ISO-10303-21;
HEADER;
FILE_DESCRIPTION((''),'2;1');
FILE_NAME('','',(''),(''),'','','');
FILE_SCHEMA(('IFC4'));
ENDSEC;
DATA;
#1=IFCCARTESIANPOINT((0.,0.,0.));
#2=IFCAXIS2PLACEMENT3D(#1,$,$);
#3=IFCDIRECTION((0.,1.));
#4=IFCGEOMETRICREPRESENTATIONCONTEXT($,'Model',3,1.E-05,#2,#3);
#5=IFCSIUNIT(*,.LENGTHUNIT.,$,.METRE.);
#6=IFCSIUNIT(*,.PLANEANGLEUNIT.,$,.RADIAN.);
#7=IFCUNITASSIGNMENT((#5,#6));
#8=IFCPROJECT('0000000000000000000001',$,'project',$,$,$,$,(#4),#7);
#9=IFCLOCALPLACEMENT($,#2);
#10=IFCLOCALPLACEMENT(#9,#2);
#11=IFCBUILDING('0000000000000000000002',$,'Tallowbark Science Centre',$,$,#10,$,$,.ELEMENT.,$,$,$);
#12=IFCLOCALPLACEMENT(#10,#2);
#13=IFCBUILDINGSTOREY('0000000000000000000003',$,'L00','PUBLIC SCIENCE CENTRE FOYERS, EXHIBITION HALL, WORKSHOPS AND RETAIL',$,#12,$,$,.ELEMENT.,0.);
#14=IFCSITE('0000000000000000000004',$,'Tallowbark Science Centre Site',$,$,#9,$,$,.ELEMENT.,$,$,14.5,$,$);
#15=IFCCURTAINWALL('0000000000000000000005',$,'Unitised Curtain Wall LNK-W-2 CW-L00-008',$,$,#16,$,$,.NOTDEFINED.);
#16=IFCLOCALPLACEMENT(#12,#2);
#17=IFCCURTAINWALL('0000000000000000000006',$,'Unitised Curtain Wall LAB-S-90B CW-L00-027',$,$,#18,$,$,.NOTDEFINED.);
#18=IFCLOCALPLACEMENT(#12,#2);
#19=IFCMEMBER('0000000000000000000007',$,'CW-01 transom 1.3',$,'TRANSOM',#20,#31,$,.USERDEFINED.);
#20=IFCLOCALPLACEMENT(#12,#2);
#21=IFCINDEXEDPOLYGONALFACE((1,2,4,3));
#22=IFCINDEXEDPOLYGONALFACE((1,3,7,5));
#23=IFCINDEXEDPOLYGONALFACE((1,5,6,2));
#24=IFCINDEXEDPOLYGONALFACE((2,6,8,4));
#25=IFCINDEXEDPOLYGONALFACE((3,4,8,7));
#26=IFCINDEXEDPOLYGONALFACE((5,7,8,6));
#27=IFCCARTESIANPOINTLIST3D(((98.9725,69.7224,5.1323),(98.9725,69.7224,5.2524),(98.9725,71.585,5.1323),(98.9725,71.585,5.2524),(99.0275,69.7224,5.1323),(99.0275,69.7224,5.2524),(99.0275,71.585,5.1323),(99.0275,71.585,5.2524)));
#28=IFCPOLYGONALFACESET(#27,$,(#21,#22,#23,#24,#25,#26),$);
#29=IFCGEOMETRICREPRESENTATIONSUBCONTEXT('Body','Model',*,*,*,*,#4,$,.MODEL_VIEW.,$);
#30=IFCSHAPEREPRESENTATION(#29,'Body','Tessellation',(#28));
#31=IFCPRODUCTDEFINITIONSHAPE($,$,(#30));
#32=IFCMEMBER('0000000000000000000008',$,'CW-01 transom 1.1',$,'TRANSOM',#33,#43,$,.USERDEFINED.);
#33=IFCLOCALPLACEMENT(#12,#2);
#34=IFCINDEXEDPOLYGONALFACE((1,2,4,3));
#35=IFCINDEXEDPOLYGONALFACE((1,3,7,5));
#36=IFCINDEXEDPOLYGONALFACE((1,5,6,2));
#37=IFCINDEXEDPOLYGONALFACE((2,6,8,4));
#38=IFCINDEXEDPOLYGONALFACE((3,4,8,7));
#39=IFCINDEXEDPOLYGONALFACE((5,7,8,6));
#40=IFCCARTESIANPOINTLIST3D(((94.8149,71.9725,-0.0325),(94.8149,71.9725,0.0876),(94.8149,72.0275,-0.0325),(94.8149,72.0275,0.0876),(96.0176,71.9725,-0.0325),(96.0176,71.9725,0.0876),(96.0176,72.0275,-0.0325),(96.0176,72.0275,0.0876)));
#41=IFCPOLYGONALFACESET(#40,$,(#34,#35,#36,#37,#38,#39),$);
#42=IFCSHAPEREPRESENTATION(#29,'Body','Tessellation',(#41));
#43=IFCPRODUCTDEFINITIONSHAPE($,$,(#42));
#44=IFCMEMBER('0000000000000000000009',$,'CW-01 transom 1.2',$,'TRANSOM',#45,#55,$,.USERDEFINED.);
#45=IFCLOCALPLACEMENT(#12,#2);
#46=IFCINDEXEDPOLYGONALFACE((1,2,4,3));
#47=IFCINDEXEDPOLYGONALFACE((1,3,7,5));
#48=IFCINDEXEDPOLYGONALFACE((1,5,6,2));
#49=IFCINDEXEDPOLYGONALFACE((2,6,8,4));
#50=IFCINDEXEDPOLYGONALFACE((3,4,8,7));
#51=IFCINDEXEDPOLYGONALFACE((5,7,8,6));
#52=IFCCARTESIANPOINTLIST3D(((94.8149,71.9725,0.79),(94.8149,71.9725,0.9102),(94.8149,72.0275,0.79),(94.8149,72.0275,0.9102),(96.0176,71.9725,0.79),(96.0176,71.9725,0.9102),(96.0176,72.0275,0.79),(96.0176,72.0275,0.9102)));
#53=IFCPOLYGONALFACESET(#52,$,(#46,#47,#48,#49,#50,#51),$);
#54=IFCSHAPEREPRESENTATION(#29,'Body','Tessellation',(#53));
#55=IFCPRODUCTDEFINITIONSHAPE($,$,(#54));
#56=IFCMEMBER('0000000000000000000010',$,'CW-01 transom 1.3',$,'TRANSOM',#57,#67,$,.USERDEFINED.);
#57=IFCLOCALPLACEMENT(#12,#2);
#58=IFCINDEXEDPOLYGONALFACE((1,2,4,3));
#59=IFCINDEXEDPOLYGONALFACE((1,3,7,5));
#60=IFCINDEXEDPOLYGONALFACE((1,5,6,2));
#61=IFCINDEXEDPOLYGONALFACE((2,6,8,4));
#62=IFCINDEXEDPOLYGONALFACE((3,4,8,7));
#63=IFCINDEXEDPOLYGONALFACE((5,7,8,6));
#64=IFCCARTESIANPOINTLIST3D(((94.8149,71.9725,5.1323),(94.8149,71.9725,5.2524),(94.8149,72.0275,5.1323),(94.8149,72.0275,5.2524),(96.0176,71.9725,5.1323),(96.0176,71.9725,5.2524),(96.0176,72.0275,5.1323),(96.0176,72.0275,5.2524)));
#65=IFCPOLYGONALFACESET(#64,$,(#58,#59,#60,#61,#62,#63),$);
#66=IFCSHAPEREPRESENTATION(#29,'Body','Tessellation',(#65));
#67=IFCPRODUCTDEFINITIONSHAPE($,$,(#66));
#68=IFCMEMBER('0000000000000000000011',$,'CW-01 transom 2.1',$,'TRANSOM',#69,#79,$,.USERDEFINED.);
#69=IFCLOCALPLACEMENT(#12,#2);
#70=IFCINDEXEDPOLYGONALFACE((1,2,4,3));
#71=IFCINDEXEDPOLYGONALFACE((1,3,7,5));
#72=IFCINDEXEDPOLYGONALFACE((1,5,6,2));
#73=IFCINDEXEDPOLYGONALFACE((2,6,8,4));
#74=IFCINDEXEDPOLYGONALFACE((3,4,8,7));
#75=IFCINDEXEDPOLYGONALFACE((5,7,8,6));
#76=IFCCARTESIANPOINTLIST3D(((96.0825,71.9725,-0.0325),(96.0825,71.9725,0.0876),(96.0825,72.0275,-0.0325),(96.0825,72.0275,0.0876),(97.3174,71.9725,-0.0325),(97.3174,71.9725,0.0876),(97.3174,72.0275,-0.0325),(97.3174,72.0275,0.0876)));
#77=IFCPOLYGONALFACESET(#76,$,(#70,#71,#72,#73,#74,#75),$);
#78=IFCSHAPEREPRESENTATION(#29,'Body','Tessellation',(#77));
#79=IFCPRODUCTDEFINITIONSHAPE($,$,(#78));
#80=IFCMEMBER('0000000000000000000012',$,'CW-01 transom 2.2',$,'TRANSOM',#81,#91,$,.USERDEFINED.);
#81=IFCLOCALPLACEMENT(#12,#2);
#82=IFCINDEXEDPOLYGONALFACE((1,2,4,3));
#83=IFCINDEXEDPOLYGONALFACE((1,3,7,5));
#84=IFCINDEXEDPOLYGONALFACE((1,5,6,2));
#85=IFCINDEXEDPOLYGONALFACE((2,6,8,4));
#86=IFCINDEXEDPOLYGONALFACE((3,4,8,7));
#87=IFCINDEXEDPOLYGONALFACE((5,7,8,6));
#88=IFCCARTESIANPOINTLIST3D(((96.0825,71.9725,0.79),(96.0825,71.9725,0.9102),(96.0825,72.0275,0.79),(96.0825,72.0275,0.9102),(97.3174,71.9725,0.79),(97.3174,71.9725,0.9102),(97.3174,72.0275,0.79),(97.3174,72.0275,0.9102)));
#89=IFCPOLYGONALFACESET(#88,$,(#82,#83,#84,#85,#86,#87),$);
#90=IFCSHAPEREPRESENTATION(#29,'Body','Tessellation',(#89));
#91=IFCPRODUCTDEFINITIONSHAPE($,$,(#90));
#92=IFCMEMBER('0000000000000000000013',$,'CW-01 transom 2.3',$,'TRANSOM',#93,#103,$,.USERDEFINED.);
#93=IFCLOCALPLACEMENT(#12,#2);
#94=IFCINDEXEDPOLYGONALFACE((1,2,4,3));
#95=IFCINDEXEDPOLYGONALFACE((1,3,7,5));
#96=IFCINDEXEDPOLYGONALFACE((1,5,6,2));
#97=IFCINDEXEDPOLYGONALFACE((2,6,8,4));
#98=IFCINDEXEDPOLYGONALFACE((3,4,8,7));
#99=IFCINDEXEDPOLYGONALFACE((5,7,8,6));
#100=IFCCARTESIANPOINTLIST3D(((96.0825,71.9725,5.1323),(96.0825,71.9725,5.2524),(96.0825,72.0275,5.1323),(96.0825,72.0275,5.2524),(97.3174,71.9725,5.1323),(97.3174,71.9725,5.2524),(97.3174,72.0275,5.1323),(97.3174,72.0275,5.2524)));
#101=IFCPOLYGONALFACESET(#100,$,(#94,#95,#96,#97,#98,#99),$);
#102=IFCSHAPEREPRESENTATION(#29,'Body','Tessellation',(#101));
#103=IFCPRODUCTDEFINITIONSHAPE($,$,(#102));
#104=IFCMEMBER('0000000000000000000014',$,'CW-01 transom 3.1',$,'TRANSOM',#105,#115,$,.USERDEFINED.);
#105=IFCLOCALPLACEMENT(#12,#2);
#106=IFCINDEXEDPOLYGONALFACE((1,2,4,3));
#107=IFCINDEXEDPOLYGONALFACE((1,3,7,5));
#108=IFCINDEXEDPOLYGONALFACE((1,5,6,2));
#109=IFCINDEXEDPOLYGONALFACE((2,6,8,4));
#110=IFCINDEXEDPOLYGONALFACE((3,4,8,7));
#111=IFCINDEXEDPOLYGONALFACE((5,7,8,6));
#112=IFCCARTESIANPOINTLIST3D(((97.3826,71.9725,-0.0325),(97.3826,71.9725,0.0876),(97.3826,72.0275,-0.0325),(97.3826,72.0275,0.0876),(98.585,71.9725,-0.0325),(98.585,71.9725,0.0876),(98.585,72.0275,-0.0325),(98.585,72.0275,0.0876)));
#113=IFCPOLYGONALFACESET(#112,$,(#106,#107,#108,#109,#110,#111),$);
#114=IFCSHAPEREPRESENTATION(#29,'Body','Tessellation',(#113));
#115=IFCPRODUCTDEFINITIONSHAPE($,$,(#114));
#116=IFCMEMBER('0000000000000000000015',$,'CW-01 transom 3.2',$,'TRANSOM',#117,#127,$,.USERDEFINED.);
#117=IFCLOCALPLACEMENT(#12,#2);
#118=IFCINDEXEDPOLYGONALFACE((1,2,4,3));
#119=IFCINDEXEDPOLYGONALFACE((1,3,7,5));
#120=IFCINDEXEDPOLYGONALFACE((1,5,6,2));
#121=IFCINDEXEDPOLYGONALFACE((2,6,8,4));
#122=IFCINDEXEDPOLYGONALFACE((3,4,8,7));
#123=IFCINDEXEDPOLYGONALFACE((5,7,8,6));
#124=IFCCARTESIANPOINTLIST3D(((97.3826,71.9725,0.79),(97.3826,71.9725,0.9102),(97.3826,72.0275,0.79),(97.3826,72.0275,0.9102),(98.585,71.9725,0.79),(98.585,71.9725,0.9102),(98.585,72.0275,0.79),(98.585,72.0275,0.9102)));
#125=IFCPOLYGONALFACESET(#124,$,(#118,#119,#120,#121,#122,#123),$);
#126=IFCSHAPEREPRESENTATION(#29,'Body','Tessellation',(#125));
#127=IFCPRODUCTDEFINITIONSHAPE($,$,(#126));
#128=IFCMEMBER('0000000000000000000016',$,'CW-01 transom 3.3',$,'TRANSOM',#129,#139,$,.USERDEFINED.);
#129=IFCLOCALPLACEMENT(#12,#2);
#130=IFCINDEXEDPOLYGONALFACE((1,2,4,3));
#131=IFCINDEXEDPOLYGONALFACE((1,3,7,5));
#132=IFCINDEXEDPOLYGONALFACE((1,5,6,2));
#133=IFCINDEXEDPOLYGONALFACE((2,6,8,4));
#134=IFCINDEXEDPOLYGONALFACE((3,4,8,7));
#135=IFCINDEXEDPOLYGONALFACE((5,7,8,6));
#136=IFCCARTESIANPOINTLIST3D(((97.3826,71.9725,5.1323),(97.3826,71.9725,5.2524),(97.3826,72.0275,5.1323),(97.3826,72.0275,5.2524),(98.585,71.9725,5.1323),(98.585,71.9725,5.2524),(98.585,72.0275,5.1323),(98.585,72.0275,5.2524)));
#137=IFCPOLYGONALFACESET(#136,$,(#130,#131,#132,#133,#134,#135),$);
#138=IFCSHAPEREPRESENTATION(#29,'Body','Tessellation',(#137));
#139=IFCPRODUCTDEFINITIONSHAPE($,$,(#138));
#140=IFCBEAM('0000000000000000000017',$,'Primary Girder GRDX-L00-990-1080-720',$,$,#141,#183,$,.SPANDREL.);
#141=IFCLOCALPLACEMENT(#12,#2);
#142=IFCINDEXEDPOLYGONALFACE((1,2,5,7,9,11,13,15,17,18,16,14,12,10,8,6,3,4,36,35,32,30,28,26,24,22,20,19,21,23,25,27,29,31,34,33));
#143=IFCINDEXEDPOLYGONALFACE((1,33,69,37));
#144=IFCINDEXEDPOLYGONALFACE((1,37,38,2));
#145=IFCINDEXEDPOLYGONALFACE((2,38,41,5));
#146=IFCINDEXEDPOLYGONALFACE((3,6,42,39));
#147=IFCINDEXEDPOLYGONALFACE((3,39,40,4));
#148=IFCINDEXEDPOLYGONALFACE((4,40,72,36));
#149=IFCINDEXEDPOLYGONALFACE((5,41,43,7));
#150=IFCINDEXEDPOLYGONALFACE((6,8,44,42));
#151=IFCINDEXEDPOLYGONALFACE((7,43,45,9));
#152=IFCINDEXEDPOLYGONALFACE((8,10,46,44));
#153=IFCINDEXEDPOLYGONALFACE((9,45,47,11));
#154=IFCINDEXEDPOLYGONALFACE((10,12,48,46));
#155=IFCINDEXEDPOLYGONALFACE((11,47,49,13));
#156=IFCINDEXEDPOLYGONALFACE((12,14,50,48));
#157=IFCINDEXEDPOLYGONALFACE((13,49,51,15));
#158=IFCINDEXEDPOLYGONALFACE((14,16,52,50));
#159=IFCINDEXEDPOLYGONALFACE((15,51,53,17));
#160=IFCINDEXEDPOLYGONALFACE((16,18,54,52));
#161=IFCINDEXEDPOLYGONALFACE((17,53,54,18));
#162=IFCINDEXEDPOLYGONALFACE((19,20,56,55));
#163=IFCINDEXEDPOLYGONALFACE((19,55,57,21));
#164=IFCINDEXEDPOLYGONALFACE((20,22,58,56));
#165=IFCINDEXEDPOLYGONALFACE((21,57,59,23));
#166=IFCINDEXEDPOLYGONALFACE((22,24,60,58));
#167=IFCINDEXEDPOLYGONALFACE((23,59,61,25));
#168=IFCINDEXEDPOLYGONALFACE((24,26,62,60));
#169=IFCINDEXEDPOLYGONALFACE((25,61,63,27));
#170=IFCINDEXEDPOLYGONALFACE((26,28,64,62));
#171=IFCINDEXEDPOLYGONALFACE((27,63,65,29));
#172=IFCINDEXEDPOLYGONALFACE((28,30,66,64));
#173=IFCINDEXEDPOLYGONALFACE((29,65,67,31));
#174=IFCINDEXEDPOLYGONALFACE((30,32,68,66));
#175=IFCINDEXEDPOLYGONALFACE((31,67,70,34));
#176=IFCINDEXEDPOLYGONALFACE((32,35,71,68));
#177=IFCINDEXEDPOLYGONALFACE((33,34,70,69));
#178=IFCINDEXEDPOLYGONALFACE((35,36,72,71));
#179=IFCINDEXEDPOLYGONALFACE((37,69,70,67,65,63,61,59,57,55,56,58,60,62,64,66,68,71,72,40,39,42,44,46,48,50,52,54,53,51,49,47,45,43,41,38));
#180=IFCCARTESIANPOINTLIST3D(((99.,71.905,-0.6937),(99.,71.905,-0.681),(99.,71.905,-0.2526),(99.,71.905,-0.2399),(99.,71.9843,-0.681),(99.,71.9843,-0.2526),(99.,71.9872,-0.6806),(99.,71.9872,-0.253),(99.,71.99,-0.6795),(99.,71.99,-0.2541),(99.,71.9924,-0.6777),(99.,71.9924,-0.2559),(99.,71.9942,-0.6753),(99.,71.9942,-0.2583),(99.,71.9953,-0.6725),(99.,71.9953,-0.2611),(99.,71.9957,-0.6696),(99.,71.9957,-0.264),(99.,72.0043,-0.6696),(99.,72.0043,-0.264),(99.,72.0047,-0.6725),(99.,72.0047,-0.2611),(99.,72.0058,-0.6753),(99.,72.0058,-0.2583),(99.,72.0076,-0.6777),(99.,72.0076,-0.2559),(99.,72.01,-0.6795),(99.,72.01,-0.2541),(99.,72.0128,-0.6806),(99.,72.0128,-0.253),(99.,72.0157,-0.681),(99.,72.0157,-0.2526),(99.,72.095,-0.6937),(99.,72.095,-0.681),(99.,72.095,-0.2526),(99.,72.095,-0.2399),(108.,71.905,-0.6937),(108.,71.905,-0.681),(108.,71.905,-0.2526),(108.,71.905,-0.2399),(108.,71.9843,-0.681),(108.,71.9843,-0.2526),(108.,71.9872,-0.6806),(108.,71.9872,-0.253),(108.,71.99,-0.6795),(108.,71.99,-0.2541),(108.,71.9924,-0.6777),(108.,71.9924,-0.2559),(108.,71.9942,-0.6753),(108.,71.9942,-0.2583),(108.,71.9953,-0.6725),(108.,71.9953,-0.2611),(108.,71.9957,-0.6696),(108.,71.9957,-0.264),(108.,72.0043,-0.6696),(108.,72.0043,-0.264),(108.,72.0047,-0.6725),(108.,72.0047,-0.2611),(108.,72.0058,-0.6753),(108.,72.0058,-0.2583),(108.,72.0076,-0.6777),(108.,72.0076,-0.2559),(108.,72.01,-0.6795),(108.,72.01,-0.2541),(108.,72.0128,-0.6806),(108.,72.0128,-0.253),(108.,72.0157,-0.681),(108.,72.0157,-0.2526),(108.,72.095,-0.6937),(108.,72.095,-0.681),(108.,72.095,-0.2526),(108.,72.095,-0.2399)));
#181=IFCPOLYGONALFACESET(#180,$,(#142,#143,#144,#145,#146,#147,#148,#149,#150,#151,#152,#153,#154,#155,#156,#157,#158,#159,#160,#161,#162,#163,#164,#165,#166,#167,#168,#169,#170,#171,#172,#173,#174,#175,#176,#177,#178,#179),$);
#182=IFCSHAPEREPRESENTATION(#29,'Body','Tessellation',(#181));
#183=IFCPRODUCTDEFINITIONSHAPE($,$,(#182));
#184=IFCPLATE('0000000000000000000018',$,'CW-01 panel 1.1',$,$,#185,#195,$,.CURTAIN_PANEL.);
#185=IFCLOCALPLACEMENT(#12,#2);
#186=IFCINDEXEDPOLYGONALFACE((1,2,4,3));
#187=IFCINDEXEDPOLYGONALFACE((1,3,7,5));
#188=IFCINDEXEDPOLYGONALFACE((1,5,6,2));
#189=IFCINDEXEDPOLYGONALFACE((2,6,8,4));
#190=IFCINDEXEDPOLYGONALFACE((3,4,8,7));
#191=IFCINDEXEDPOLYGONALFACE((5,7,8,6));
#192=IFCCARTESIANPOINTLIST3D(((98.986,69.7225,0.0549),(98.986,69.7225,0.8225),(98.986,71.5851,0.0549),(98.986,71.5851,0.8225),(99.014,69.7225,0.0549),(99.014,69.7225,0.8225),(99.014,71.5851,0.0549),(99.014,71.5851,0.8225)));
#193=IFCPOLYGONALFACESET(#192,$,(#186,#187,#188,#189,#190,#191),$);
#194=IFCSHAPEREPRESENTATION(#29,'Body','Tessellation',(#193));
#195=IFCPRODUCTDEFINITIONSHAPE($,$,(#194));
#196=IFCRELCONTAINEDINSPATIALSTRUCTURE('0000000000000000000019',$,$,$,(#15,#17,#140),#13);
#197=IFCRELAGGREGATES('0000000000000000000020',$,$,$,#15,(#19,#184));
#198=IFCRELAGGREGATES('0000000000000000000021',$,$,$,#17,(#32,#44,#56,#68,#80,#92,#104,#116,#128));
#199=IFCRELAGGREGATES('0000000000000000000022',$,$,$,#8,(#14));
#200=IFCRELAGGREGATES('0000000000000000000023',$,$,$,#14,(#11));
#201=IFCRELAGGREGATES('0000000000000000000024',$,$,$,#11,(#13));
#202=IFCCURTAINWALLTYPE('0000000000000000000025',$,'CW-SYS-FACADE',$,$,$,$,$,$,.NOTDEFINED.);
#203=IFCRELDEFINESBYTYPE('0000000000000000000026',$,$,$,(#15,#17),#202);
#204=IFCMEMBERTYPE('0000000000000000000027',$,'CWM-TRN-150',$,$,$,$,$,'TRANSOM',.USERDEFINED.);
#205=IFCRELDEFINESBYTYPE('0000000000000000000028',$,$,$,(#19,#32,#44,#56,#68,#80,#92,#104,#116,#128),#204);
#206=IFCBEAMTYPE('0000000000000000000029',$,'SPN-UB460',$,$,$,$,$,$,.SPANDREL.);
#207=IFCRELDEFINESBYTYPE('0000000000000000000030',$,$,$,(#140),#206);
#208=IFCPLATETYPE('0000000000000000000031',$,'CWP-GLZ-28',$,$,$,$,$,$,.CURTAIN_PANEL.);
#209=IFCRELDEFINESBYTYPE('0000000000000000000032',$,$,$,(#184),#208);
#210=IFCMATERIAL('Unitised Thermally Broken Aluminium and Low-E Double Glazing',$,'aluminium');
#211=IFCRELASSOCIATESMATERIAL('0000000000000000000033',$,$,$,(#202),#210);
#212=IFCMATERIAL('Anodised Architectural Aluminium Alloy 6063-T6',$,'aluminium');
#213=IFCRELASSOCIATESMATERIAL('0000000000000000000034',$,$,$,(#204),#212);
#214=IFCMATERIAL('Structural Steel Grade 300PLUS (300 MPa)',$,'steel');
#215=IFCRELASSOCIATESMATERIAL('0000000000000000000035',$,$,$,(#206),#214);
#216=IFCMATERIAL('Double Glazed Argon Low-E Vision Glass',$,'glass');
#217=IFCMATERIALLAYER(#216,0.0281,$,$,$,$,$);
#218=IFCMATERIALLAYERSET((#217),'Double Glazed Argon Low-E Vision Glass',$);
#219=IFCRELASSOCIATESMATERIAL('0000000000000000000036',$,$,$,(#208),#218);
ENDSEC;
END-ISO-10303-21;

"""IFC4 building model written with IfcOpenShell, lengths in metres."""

from ifc_helpers import new_model, si_unit, direction, frame, origin, origin_2d, place, context, subcontext, project, spatial, rectangle, i_section, extrude, material, layer, layer_set, material_profile, profile_set, type_object, element, aggregate, save


model = new_model("IFC4")

# Units and contexts
model_context = context("Model", 3, precision=1e-05, world=origin(), true_north=direction((0.0, 1.0)))
body_context = subcontext(model_context, "Body", "Model", "MODEL_VIEW")
ifc_project = project(units=[si_unit("LENGTHUNIT", "METRE"), si_unit("PLANEANGLEUNIT", "RADIAN")], contexts=[model_context])

# Site, building, storey
site_placement = place(None, origin())
site = spatial("IfcSite", under=ifc_project, at=site_placement, Name="Tallowbark Science Centre Site", CompositionType="ELEMENT", RefElevation=14.5)
building_placement = place(site_placement, origin())
building = spatial("IfcBuilding", under=site, at=building_placement, Name="Tallowbark Science Centre", CompositionType="ELEMENT")
storey_placement = place(building_placement, origin())
storey = spatial("IfcBuildingStorey", under=building, at=storey_placement, Name="L00", Description="PUBLIC SCIENCE CENTRE FOYERS, EXHIBITION HALL, WORKSHOPS AND RETAIL", CompositionType="ELEMENT", Elevation=0.0)

# Shared definitions
ifc_material_1 = material(Name="Structural Steel Grade 300PLUS (300 MPa)", Category="steel")

# Curtain wall
ifc_material_2 = material(Name="Unitised Thermally Broken Aluminium and Low-E Double Glazing", Category="aluminium")
curtain_wall_type = type_object("IfcCurtainWallType", Name="CW-SYS-FACADE", PredefinedType="NOTDEFINED", material=ifc_material_2)
curtain_wall_1_placement = place(storey_placement, origin())
curtain_wall_1 = element("IfcCurtainWall", 1, at=curtain_wall_1_placement, inside=storey, type_object=curtain_wall_type, Name="Unitised Curtain Wall LNK-W-2 CW-L00-008", PredefinedType="NOTDEFINED")
ifc_material_3 = material(Name="Anodised Architectural Aluminium Alloy 6063-T6", Category="aluminium")

# Curtain wall
curtain_wall_2_placement = place(storey_placement, origin())
curtain_wall_2 = element("IfcCurtainWall", 2, at=curtain_wall_2_placement, inside=storey, type_object=curtain_wall_type, Name="Unitised Curtain Wall LAB-S-90B CW-L00-027", PredefinedType="NOTDEFINED")

# Members
ifc_material_profile_1 = material_profile(ifc_material_3, rectangle(XDim=0.0549, YDim=0.1201, at=origin_2d()), Name="ALU55x120")
ifc_profile_set_1 = profile_set([ifc_material_profile_1], Name="Anodised Architectural Aluminium Alloy 6063-T6")
member_type_1 = type_object("IfcMemberType", Name="CWM-TRN-150", ElementType="TRANSOM", PredefinedType="USERDEFINED", material=ifc_profile_set_1)
member_1_placement = place(storey_placement, frame((99.0, 71.585, 5.1924), z_axis=(0.0, -1.0, 0.0), x_axis=(1.0, 0.0, 0.0)))
member_1 = element("IfcMember", 3, at=member_1_placement, type_object=member_type_1, Name="CW-01 transom 1.3", ObjectType="TRANSOM", PredefinedType="USERDEFINED", context=body_context, shape_type="SweptSolid", body=[
    extrude(rectangle(XDim=0.0549, YDim=0.1201, at=origin_2d()), origin(), (0.0, 0.0, 1.0), 1.8625),
])
member_2_placement = place(storey_placement, frame((94.8149, 72.0, 0.0276), z_axis=(1.0, 0.0, 0.0), x_axis=(0.0, 1.0, 0.0)))
member_2 = element("IfcMember", 4, at=member_2_placement, type_object=member_type_1, Name="CW-01 transom 1.1", ObjectType="TRANSOM", PredefinedType="USERDEFINED", context=body_context, shape_type="SweptSolid", body=[
    extrude(rectangle(XDim=0.0549, YDim=0.1201, at=origin_2d()), origin(), (0.0, 0.0, 1.0), 1.2026),
])
member_3_placement = place(storey_placement, frame((94.8149, 72.0, 0.8501), z_axis=(1.0, 0.0, 0.0), x_axis=(0.0, 1.0, 0.0)))
member_3 = element("IfcMember", 5, at=member_3_placement, type_object=member_type_1, Name="CW-01 transom 1.2", ObjectType="TRANSOM", PredefinedType="USERDEFINED", context=body_context, shape_type="SweptSolid", body=[
    extrude(rectangle(XDim=0.0549, YDim=0.1201, at=origin_2d()), origin(), (0.0, 0.0, 1.0), 1.2026),
])
member_4_placement = place(storey_placement, frame((94.8149, 72.0, 5.1924), z_axis=(1.0, 0.0, 0.0), x_axis=(0.0, 1.0, 0.0)))
member_4 = element("IfcMember", 6, at=member_4_placement, type_object=member_type_1, Name="CW-01 transom 1.3", ObjectType="TRANSOM", PredefinedType="USERDEFINED", context=body_context, shape_type="SweptSolid", body=[
    extrude(rectangle(XDim=0.0549, YDim=0.1201, at=origin_2d()), origin(), (0.0, 0.0, 1.0), 1.2026),
])
member_5_placement = place(storey_placement, frame((96.0825, 72.0, 0.0276), z_axis=(1.0, 0.0, 0.0), x_axis=(0.0, 1.0, 0.0)))
member_5 = element("IfcMember", 7, at=member_5_placement, type_object=member_type_1, Name="CW-01 transom 2.1", ObjectType="TRANSOM", PredefinedType="USERDEFINED", context=body_context, shape_type="SweptSolid", body=[
    extrude(rectangle(XDim=0.0549, YDim=0.1201, at=origin_2d()), origin(), (0.0, 0.0, 1.0), 1.2349),
])
member_6_placement = place(storey_placement, frame((96.0825, 72.0, 0.8501), z_axis=(1.0, 0.0, 0.0), x_axis=(0.0, 1.0, 0.0)))
member_6 = element("IfcMember", 8, at=member_6_placement, type_object=member_type_1, Name="CW-01 transom 2.2", ObjectType="TRANSOM", PredefinedType="USERDEFINED", context=body_context, shape_type="SweptSolid", body=[
    extrude(rectangle(XDim=0.0549, YDim=0.1201, at=origin_2d()), origin(), (0.0, 0.0, 1.0), 1.2349),
])
member_7_placement = place(storey_placement, frame((96.0825, 72.0, 5.1924), z_axis=(1.0, 0.0, 0.0), x_axis=(0.0, 1.0, 0.0)))
member_7 = element("IfcMember", 9, at=member_7_placement, type_object=member_type_1, Name="CW-01 transom 2.3", ObjectType="TRANSOM", PredefinedType="USERDEFINED", context=body_context, shape_type="SweptSolid", body=[
    extrude(rectangle(XDim=0.0549, YDim=0.1201, at=origin_2d()), origin(), (0.0, 0.0, 1.0), 1.2349),
])
member_8_placement = place(storey_placement, frame((97.3826, 72.0, 0.0276), z_axis=(1.0, 0.0, 0.0), x_axis=(0.0, 1.0, 0.0)))
member_8 = element("IfcMember", 10, at=member_8_placement, type_object=member_type_1, Name="CW-01 transom 3.1", ObjectType="TRANSOM", PredefinedType="USERDEFINED", context=body_context, shape_type="SweptSolid", body=[
    extrude(rectangle(XDim=0.0549, YDim=0.1201, at=origin_2d()), origin(), (0.0, 0.0, 1.0), 1.2024),
])
member_9_placement = place(storey_placement, frame((97.3826, 72.0, 0.8501), z_axis=(1.0, 0.0, 0.0), x_axis=(0.0, 1.0, 0.0)))
member_9 = element("IfcMember", 11, at=member_9_placement, type_object=member_type_1, Name="CW-01 transom 3.2", ObjectType="TRANSOM", PredefinedType="USERDEFINED", context=body_context, shape_type="SweptSolid", body=[
    extrude(rectangle(XDim=0.0549, YDim=0.1201, at=origin_2d()), origin(), (0.0, 0.0, 1.0), 1.2024),
])
member_10_placement = place(storey_placement, frame((97.3826, 72.0, 5.1924), z_axis=(1.0, 0.0, 0.0), x_axis=(0.0, 1.0, 0.0)))
member_10 = element("IfcMember", 12, at=member_10_placement, type_object=member_type_1, Name="CW-01 transom 3.3", ObjectType="TRANSOM", PredefinedType="USERDEFINED", context=body_context, shape_type="SweptSolid", body=[
    extrude(rectangle(XDim=0.0549, YDim=0.1201, at=origin_2d()), origin(), (0.0, 0.0, 1.0), 1.2024),
])

# Beam
ifc_material_profile_2 = material_profile(ifc_material_1, i_section(OverallWidth=0.1899, OverallDepth=0.4539, WebThickness=0.0085, FlangeThickness=0.0127, FilletRadius=0.0115, at=origin_2d()), Name="460UB67.1")
ifc_profile_set_2 = profile_set([ifc_material_profile_2], Name="Structural Steel Grade 300PLUS (300 MPa)")
beam_type_1 = type_object("IfcBeamType", Name="SPN-UB460", PredefinedType="SPANDREL", material=ifc_profile_set_2)
beam_1_placement = place(storey_placement, frame((99.0, 72.0, -0.4668), z_axis=(1.0, 0.0, 0.0), x_axis=(0.0, 1.0, 0.0)))
element("IfcBeam", 13, at=beam_1_placement, inside=storey, type_object=beam_type_1, Name="Primary Girder GRDX-L00-990-1080-720", PredefinedType="SPANDREL", context=body_context, shape_type="SweptSolid", body=[
    extrude(i_section(OverallWidth=0.1899, OverallDepth=0.4539, WebThickness=0.0085, FlangeThickness=0.0127, FilletRadius=0.0115, at=origin_2d()), origin(), (0.0, 0.0, 1.0), 9.0),
])

# Plate
ifc_material_4 = material(Name="Double Glazed Argon Low-E Vision Glass", Category="glass")
ifc_layer_1 = layer(ifc_material_4, 0.0281)
ifc_layer_set_1 = layer_set([ifc_layer_1], Name="Double Glazed Argon Low-E Vision Glass")
plate_type_1 = type_object("IfcPlateType", Name="CWP-GLZ-28", PredefinedType="CURTAIN_PANEL", material=ifc_layer_set_1)
plate_1_placement = place(storey_placement, frame((99.0, 70.6538, 0.0549), z_axis=(0.0, 0.0, 1.0), x_axis=(0.0, -1.0, 0.0)))
plate_1 = element("IfcPlate", 14, at=plate_1_placement, type_object=plate_type_1, Name="CW-01 panel 1.1", PredefinedType="CURTAIN_PANEL", context=body_context, shape_type="SweptSolid", body=[
    extrude(rectangle(XDim=1.8625, YDim=0.0281, at=origin_2d()), origin(), (0.0, 0.0, 1.0), 0.7676),
])
aggregate(curtain_wall_1, [member_1, plate_1])
aggregate(curtain_wall_2, [member_2, member_3, member_4, member_5, member_6, member_7, member_8, member_9, member_10])

save(model, "model.ifc")
